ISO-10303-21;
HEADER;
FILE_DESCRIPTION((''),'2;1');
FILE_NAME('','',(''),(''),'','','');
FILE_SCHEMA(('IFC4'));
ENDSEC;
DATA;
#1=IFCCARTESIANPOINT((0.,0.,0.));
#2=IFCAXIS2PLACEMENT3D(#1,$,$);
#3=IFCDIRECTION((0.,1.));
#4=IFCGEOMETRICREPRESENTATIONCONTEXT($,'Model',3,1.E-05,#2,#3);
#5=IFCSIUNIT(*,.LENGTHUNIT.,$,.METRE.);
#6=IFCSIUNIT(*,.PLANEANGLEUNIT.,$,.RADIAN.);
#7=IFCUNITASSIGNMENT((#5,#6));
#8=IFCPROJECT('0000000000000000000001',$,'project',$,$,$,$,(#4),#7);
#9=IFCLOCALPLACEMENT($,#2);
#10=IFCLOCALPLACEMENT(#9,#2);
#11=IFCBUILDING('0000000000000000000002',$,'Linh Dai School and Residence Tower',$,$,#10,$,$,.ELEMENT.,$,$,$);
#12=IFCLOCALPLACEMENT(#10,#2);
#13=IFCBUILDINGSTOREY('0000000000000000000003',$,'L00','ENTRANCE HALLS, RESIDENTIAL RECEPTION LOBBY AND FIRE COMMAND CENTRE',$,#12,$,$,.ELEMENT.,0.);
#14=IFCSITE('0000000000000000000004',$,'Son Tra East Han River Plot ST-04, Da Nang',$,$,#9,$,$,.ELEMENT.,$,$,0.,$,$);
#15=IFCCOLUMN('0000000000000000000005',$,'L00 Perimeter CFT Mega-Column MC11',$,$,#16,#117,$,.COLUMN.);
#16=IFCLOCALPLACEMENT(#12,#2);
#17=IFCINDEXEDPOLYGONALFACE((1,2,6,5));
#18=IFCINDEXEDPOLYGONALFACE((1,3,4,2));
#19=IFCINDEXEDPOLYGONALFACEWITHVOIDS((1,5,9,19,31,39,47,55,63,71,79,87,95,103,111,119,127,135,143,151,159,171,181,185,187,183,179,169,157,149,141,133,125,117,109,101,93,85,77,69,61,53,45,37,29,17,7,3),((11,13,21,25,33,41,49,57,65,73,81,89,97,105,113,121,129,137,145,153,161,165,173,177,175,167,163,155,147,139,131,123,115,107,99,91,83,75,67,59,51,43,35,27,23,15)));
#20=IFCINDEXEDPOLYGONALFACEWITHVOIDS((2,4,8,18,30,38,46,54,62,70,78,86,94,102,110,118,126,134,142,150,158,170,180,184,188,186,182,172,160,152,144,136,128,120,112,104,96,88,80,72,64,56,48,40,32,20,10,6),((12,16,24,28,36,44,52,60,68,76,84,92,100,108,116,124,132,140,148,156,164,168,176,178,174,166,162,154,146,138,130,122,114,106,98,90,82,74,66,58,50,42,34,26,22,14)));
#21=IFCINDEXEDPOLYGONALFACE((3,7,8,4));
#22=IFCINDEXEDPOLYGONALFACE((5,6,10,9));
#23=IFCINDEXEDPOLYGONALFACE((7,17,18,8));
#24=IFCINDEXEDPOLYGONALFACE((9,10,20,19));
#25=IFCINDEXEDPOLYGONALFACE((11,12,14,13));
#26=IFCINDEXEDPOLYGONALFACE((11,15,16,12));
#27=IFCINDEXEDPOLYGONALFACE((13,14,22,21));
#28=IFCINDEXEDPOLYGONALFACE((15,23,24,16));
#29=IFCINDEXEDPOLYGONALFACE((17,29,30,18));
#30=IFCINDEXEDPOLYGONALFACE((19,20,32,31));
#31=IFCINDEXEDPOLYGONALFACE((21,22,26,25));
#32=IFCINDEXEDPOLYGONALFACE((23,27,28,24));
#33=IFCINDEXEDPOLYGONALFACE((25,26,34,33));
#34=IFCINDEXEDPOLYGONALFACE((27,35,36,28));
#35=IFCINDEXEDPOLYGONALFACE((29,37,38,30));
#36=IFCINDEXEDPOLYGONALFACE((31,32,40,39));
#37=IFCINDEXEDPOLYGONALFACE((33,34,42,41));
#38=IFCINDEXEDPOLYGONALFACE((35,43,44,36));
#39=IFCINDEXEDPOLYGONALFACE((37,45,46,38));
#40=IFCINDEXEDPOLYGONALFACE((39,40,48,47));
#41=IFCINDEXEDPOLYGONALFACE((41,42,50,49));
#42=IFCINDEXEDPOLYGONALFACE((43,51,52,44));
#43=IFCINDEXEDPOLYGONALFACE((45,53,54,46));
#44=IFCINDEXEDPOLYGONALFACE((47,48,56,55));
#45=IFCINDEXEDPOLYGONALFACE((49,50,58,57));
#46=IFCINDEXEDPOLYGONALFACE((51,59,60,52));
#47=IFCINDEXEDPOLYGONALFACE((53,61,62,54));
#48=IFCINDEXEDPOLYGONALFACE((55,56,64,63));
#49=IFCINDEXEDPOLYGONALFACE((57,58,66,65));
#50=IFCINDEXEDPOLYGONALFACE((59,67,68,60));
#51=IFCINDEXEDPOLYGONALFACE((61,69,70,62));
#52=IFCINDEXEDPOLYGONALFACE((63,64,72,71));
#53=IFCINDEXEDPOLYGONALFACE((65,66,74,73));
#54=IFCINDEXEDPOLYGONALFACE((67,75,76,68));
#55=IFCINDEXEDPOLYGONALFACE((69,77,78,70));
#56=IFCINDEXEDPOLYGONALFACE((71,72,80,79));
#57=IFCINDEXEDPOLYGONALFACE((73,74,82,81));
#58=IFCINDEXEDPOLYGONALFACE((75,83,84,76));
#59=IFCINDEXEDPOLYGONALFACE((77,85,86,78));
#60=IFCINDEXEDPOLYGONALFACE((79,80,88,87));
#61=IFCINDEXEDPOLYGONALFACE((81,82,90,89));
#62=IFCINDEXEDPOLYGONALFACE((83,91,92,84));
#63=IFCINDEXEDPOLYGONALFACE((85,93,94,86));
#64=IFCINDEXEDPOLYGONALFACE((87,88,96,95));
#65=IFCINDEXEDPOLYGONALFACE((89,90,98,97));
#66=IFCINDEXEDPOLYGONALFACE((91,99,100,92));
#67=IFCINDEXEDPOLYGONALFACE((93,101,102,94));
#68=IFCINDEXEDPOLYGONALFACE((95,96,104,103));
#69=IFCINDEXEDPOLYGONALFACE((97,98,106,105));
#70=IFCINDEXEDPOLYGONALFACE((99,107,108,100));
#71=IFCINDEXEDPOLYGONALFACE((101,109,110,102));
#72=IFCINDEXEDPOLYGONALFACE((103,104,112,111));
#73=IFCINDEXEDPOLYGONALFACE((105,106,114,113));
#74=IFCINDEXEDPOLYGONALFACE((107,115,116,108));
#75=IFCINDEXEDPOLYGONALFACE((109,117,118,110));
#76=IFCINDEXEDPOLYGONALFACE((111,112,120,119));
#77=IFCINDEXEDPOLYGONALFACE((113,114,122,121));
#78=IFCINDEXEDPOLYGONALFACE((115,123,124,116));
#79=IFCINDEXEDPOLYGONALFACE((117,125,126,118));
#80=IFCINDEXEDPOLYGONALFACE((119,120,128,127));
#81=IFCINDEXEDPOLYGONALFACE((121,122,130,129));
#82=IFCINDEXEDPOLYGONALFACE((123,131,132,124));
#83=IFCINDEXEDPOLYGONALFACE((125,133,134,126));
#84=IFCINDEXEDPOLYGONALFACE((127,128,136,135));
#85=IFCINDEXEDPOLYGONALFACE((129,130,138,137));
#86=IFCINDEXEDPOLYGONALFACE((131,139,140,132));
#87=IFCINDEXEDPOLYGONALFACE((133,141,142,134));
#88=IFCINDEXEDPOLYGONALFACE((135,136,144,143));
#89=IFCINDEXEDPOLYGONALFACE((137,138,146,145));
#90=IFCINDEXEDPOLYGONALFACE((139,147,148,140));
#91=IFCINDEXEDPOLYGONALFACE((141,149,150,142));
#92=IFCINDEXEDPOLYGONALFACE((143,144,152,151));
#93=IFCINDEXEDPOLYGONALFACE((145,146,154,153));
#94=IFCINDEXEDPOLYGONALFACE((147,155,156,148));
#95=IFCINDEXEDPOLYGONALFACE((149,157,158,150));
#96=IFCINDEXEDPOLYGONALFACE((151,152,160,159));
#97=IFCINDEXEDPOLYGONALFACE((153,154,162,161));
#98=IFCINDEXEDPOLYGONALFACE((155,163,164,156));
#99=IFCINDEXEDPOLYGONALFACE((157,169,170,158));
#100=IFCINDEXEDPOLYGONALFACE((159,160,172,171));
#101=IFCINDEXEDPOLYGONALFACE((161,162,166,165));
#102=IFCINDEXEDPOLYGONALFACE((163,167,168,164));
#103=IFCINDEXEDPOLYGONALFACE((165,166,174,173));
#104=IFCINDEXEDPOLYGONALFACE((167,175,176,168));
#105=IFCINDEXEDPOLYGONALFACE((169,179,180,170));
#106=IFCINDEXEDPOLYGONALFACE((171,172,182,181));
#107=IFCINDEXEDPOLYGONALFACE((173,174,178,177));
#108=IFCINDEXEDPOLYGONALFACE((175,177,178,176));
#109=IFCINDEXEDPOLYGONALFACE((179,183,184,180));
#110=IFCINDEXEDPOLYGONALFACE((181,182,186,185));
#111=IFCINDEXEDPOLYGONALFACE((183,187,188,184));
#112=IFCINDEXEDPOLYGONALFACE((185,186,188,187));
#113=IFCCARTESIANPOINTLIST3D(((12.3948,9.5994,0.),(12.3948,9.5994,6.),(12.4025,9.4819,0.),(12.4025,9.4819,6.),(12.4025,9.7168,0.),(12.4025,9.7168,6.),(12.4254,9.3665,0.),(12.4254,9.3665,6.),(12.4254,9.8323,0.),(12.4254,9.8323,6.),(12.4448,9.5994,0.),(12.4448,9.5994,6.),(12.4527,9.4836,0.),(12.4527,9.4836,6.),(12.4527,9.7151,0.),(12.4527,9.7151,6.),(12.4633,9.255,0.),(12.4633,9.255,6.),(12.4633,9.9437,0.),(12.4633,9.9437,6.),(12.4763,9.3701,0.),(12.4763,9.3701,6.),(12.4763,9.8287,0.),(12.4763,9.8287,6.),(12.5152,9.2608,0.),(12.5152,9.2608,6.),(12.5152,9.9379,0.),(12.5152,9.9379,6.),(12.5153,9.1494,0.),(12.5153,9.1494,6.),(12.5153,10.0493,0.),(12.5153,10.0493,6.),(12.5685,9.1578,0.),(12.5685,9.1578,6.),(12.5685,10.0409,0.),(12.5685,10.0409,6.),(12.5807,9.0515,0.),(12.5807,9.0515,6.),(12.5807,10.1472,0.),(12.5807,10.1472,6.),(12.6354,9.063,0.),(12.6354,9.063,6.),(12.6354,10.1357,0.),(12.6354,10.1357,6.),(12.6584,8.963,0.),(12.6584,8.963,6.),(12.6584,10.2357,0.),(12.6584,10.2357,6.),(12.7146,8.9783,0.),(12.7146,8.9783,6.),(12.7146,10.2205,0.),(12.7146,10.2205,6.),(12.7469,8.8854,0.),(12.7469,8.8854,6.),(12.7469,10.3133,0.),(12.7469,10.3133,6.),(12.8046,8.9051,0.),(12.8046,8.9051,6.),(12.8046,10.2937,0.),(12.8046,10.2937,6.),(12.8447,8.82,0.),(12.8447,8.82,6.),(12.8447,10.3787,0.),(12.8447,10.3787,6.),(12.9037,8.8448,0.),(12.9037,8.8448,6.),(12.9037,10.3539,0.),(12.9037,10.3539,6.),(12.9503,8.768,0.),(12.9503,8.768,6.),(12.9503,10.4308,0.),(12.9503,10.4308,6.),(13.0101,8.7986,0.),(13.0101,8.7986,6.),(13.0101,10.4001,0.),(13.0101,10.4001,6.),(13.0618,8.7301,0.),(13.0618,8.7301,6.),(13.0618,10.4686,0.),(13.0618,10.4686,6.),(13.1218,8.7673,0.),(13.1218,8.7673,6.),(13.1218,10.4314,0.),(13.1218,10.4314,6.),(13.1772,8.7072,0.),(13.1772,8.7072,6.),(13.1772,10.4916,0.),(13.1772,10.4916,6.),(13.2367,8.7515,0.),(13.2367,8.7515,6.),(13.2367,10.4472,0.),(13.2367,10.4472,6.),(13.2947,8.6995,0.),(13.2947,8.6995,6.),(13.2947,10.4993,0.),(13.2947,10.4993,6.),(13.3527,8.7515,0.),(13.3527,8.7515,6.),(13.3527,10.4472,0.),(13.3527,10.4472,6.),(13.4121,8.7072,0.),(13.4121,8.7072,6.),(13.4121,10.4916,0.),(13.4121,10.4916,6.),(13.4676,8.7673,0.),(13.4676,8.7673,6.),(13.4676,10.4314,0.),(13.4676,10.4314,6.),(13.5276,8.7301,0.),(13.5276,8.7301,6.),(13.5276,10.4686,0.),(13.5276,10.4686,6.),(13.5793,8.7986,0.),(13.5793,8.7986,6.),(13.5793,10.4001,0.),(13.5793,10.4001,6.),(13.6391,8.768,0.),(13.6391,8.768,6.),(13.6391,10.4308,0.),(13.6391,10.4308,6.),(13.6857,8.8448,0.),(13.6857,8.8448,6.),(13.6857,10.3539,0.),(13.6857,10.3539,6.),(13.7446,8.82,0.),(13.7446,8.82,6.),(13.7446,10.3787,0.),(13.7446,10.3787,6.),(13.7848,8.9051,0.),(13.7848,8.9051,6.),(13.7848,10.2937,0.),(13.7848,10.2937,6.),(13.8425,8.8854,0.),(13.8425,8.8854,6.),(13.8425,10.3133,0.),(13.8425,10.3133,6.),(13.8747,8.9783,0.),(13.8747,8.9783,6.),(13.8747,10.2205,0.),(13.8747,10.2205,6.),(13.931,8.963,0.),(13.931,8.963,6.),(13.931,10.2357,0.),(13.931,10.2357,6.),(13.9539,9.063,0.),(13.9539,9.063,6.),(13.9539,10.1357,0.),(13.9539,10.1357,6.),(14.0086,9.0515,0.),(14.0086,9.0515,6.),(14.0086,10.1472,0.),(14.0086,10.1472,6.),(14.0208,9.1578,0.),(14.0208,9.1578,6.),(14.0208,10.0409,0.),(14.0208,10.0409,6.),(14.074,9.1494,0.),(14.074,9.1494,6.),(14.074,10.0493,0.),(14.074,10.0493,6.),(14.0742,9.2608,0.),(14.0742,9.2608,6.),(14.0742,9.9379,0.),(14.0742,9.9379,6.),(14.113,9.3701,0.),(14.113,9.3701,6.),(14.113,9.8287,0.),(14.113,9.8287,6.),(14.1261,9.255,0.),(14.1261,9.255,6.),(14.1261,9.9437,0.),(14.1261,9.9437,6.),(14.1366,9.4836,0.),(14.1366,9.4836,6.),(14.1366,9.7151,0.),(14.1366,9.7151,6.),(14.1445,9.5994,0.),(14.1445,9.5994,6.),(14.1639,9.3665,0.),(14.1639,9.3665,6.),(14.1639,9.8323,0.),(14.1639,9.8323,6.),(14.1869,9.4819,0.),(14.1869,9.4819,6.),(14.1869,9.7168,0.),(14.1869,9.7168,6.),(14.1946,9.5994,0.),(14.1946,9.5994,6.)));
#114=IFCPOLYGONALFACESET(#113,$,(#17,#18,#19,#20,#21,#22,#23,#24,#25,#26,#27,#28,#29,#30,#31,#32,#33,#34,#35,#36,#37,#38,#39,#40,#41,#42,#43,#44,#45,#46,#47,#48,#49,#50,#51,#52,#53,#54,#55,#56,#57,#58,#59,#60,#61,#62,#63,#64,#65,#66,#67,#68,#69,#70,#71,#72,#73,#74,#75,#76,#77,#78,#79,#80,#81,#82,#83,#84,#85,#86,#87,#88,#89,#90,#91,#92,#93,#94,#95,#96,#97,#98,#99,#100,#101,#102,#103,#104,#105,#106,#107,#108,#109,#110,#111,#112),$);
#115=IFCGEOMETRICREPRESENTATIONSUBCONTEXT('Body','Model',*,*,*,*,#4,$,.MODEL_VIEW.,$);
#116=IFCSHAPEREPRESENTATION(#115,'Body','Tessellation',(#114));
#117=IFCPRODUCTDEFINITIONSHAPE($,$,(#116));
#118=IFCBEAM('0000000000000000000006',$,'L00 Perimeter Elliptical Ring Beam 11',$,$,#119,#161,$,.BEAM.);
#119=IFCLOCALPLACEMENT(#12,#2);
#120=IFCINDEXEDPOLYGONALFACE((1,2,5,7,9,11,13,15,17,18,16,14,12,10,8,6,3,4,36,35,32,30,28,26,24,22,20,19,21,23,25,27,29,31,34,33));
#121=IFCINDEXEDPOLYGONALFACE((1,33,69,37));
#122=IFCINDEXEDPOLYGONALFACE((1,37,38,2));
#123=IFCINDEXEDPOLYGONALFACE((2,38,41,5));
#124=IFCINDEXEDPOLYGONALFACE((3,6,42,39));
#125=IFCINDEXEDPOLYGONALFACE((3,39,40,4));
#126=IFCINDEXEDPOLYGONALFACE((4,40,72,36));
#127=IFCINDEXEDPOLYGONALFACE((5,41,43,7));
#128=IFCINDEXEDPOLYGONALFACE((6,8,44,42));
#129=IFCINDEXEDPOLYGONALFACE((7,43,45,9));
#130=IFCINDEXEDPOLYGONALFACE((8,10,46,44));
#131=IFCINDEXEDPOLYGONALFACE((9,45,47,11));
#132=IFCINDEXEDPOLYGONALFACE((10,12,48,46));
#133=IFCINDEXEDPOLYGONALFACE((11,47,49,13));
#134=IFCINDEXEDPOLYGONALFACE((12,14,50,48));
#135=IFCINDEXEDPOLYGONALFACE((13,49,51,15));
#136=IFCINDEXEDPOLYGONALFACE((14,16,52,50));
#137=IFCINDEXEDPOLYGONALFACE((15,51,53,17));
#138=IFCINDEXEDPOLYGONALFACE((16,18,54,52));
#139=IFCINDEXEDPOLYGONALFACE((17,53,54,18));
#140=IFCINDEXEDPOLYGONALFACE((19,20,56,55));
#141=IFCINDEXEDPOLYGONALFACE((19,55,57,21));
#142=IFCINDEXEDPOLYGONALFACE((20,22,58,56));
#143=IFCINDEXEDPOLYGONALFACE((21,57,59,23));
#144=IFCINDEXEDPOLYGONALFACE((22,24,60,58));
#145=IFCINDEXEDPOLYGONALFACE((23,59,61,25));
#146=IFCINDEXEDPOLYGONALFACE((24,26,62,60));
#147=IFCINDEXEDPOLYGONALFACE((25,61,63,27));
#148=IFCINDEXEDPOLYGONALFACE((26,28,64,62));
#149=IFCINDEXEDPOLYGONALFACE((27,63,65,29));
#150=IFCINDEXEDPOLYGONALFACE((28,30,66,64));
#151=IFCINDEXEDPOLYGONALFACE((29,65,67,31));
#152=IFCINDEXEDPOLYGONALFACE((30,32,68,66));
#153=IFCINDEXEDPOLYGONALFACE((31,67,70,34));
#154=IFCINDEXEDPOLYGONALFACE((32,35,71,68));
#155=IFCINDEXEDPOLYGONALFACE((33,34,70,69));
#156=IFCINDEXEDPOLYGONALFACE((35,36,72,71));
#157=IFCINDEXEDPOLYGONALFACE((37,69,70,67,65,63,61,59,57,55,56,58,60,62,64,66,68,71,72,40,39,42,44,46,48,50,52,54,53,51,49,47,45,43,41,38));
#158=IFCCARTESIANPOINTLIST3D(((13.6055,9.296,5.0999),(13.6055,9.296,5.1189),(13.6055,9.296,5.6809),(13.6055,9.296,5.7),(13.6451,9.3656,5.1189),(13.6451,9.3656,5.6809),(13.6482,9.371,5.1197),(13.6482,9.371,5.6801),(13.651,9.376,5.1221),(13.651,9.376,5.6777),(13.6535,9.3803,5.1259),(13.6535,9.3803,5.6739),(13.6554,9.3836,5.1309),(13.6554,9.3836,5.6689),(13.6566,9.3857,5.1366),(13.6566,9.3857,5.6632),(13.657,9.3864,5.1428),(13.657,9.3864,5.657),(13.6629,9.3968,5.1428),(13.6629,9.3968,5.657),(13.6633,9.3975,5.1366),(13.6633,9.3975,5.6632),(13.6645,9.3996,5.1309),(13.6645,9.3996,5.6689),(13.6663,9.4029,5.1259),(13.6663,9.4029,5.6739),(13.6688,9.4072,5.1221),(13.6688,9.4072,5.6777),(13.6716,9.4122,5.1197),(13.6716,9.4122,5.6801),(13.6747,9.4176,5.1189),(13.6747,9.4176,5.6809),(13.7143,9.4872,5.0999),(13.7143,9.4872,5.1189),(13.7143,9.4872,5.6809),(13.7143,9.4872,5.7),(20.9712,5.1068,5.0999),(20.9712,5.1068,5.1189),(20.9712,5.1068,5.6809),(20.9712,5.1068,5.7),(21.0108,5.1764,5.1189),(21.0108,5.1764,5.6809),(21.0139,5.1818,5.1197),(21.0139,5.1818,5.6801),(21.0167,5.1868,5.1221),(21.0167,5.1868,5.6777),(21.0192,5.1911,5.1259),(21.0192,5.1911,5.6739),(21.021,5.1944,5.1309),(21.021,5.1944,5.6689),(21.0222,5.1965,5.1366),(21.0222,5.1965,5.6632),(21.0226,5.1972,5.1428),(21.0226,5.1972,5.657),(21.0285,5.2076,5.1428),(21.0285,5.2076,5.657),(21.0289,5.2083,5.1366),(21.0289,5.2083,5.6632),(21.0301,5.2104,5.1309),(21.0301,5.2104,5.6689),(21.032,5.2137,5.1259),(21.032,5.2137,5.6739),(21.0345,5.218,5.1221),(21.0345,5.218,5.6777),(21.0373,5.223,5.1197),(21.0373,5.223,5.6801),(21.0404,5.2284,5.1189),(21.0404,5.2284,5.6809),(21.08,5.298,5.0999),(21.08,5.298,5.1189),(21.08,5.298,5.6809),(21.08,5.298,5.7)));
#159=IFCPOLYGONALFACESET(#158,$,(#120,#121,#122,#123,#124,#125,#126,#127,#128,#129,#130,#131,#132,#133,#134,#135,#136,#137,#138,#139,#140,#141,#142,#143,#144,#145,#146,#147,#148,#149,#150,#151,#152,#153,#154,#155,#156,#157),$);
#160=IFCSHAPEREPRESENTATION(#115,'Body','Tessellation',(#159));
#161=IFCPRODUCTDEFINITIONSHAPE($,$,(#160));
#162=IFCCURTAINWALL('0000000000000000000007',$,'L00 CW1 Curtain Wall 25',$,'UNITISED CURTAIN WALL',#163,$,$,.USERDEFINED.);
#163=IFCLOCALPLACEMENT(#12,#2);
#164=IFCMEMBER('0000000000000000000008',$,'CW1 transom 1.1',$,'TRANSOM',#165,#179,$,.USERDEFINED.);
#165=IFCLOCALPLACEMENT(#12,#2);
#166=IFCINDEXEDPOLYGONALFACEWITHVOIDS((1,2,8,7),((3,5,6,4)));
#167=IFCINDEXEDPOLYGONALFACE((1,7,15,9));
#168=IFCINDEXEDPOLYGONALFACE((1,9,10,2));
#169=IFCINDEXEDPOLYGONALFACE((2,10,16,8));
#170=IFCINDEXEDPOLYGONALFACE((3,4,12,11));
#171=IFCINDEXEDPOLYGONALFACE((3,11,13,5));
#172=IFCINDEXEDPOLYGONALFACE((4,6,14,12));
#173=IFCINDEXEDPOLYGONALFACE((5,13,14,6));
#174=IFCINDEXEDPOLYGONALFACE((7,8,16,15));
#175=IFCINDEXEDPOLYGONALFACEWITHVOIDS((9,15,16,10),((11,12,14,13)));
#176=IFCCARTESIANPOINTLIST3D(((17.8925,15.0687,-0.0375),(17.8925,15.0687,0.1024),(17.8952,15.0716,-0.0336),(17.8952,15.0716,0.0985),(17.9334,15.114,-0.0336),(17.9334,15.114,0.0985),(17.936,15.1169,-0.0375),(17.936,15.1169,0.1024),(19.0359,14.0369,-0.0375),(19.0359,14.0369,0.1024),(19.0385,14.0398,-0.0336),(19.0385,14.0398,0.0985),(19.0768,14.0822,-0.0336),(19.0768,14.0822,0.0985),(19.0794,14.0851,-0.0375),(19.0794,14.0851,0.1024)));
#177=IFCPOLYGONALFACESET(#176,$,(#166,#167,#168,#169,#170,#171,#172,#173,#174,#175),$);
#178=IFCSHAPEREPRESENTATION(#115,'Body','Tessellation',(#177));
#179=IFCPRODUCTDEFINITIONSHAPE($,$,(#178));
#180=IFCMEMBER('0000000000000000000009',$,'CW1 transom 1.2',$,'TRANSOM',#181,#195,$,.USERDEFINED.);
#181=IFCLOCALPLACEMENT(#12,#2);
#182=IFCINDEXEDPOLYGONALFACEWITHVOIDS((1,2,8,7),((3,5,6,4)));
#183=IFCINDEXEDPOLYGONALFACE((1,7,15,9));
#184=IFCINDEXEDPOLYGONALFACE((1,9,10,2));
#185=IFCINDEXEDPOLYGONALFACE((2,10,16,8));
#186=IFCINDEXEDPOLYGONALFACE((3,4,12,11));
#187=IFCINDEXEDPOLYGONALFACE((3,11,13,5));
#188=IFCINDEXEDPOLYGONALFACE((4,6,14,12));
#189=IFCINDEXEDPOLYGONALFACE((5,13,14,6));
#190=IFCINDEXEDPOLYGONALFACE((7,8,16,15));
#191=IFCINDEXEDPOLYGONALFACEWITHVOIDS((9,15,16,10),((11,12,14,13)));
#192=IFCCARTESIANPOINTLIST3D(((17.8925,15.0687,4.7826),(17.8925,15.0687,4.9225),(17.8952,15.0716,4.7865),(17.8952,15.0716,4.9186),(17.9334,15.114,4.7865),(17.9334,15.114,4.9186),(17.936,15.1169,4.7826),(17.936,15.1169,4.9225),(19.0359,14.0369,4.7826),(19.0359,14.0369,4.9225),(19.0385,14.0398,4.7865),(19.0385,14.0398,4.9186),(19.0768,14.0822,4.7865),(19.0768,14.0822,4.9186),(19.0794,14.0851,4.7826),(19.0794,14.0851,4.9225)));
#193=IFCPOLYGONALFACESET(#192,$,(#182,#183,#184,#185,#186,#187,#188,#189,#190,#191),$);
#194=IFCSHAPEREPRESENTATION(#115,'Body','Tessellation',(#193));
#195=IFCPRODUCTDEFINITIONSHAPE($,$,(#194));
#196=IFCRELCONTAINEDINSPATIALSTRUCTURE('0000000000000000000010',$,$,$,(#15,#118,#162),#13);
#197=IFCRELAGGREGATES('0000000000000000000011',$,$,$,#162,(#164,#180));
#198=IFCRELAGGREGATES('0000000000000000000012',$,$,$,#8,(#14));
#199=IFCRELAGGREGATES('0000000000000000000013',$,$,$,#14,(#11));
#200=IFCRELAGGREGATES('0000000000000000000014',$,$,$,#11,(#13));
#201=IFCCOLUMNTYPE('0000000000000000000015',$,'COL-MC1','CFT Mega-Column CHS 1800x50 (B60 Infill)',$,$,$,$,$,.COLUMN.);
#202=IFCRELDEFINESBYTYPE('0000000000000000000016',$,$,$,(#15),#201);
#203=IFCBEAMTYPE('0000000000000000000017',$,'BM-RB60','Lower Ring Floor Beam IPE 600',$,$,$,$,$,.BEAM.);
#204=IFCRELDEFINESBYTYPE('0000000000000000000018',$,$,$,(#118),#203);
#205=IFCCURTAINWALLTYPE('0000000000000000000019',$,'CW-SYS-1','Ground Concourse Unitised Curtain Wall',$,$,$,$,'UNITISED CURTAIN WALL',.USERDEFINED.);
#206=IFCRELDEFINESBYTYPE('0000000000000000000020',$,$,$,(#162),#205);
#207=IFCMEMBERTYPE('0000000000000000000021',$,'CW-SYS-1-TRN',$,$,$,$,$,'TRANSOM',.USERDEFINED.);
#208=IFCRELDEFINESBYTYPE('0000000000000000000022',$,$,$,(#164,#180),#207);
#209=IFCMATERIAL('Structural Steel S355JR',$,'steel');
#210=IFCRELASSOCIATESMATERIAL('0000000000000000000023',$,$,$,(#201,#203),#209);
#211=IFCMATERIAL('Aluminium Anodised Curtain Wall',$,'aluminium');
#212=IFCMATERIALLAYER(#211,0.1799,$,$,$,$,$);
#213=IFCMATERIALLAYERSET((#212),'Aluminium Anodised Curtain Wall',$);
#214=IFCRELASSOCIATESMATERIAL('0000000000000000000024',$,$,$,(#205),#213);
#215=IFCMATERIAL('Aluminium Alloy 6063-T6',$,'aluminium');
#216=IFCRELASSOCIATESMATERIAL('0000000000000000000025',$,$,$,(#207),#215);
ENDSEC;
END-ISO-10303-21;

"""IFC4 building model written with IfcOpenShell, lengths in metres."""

from ifc_helpers import new_model, si_unit, direction, frame, origin, origin_2d, place, context, subcontext, project, spatial, hollow_rectangle, hollow_circle, i_section, extrude, source, transform, mapped, material, layer, layer_set, material_profile, profile_set, type_object, element, aggregate, save


model = new_model("IFC4")

# Units and contexts
model_context = context("Model", 3, precision=1e-05, world=origin(), true_north=direction((0.0, 1.0)))
body_context = subcontext(model_context, "Body", "Model", "MODEL_VIEW")
ifc_project = project(units=[si_unit("LENGTHUNIT", "METRE"), si_unit("PLANEANGLEUNIT", "RADIAN")], contexts=[model_context])

# Site, building, storey
site_placement = place(None, origin())
site = spatial("IfcSite", under=ifc_project, at=site_placement, Name="Son Tra East Han River Plot ST-04, Da Nang", CompositionType="ELEMENT", RefElevation=0.0)
building_placement = place(site_placement, origin())
building = spatial("IfcBuilding", under=site, at=building_placement, Name="Linh Dai School and Residence Tower", CompositionType="ELEMENT")
storey_placement = place(building_placement, origin())
storey = spatial("IfcBuildingStorey", under=building, at=storey_placement, Name="L00", Description="ENTRANCE HALLS, RESIDENTIAL RECEPTION LOBBY AND FIRE COMMAND CENTRE", CompositionType="ELEMENT", Elevation=0.0)

# Column
ifc_material_1 = material(Name="Structural Steel S355JR", Category="steel")
ifc_material_profile_1 = material_profile(ifc_material_1, hollow_circle(Radius=0.8999, WallThickness=0.05, at=origin_2d()), Name="CHS 1800x50")
ifc_profile_set_1 = profile_set([ifc_material_profile_1], Name="Structural Steel S355JR")
column_type = type_object("IfcColumnType", Name="COL-MC1", Description="CFT Mega-Column CHS 1800x50 (B60 Infill)", PredefinedType="COLUMN", material=ifc_profile_set_1)
column_placement = place(storey_placement, frame((13.2947, 9.5994, 0.0), z_axis=(0.0, 0.0, 1.0), x_axis=(1.0, 0.0, 0.0)))
element("IfcColumn", 1, at=column_placement, inside=storey, type_object=column_type, Name="L00 Perimeter CFT Mega-Column MC11", PredefinedType="COLUMN", context=body_context, shape_type="SweptSolid", body=[
    extrude(hollow_circle(Radius=0.8999, WallThickness=0.05, at=origin_2d()), origin(), (0.0, 0.0, 1.0), 6.0),
])

# Beam
ifc_material_profile_2 = material_profile(ifc_material_1, i_section(OverallWidth=0.22, OverallDepth=0.6001, WebThickness=0.012, FlangeThickness=0.019, FilletRadius=0.0239, at=origin_2d()), Name="IPE 600")
ifc_profile_set_2 = profile_set([ifc_material_profile_2], Name="Structural Steel S355JR")
beam_type = type_object("IfcBeamType", Name="BM-RB60", Description="Lower Ring Floor Beam IPE 600", PredefinedType="BEAM", material=ifc_profile_set_2)
beam_placement = place(storey_placement, frame((13.6599, 9.3916, 5.3999), z_axis=(0.869247, -0.494379, 0.0), x_axis=(0.494379, 0.869247, 0.0)))
element("IfcBeam", 2, at=beam_placement, inside=storey, type_object=beam_type, Name="L00 Perimeter Elliptical Ring Beam 11", PredefinedType="BEAM", context=body_context, shape_type="SweptSolid", body=[
    extrude(i_section(OverallWidth=0.22, OverallDepth=0.6001, WebThickness=0.012, FlangeThickness=0.019, FilletRadius=0.0239, at=origin_2d()), origin(), (0.0, 0.0, 1.0), 8.4736),
])

# Curtain wall, members
ifc_material_2 = material(Name="Aluminium Anodised Curtain Wall", Category="aluminium")
ifc_layer_1 = layer(ifc_material_2, 0.1799)
ifc_layer_set_1 = layer_set([ifc_layer_1], Name="Aluminium Anodised Curtain Wall")
curtain_wall_type = type_object("IfcCurtainWallType", Name="CW-SYS-1", Description="Ground Concourse Unitised Curtain Wall", ElementType="UNITISED CURTAIN WALL", PredefinedType="USERDEFINED", material=ifc_layer_set_1)
curtain_wall_placement = place(storey_placement, origin())
curtain_wall = element("IfcCurtainWall", 3, at=curtain_wall_placement, inside=storey, type_object=curtain_wall_type, Name="L00 CW1 Curtain Wall 25", ObjectType="UNITISED CURTAIN WALL", PredefinedType="USERDEFINED")
ifc_material_3 = material(Name="Aluminium Alloy 6063-T6", Category="aluminium")
ifc_material_profile_3 = material_profile(ifc_material_3, hollow_rectangle(XDim=0.0649, YDim=0.1399, WallThickness=0.0039, at=origin_2d()), Name="RHS 140x65x4")
ifc_profile_set_3 = profile_set([ifc_material_profile_3], Name="Aluminium Alloy 6063-T6")
member_type = type_object("IfcMemberType", Name="CW-SYS-1-TRN", ElementType="TRANSOM", PredefinedType="USERDEFINED", material=ifc_profile_set_3)
shared_shape = source(origin(), body_context, "Body", "SweptSolid", [
    extrude(hollow_rectangle(XDim=0.0649, YDim=0.1399, WallThickness=0.0039, at=origin_2d()), origin(), (0.0, 0.0, 1.0), 1.54),
])
member_1_placement = place(storey_placement, frame((19.0576, 14.061, 0.0325), z_axis=(-0.742403, 0.669954, 0.0), x_axis=(-0.669954, -0.742403, 0.0)))
member_1 = element("IfcMember", 4, at=member_1_placement, type_object=member_type, Name="CW1 transom 1.1", ObjectType="TRANSOM", PredefinedType="USERDEFINED", context=body_context, shape_type="MappedRepresentation", body=[
    mapped(shared_shape, transform((0.0, 0.0, 0.0), x_axis=(1.0, 0.0, 0.0), y_axis=(0.0, 1.0, 0.0), z_axis=(0.0, 0.0, 1.0), scale=1.0)),
])
member_2_placement = place(storey_placement, frame((19.0576, 14.061, 4.8525), z_axis=(-0.742403, 0.669954, 0.0), x_axis=(-0.669954, -0.742403, 0.0)))
member_2 = element("IfcMember", 5, at=member_2_placement, type_object=member_type, Name="CW1 transom 1.2", ObjectType="TRANSOM", PredefinedType="USERDEFINED", context=body_context, shape_type="MappedRepresentation", body=[
    mapped(shared_shape, transform((0.0, 0.0, 0.0), x_axis=(1.0, 0.0, 0.0), y_axis=(0.0, 1.0, 0.0), z_axis=(0.0, 0.0, 1.0), scale=1.0)),
])
aggregate(curtain_wall, [member_1, member_2])

save(model, "model.ifc")
